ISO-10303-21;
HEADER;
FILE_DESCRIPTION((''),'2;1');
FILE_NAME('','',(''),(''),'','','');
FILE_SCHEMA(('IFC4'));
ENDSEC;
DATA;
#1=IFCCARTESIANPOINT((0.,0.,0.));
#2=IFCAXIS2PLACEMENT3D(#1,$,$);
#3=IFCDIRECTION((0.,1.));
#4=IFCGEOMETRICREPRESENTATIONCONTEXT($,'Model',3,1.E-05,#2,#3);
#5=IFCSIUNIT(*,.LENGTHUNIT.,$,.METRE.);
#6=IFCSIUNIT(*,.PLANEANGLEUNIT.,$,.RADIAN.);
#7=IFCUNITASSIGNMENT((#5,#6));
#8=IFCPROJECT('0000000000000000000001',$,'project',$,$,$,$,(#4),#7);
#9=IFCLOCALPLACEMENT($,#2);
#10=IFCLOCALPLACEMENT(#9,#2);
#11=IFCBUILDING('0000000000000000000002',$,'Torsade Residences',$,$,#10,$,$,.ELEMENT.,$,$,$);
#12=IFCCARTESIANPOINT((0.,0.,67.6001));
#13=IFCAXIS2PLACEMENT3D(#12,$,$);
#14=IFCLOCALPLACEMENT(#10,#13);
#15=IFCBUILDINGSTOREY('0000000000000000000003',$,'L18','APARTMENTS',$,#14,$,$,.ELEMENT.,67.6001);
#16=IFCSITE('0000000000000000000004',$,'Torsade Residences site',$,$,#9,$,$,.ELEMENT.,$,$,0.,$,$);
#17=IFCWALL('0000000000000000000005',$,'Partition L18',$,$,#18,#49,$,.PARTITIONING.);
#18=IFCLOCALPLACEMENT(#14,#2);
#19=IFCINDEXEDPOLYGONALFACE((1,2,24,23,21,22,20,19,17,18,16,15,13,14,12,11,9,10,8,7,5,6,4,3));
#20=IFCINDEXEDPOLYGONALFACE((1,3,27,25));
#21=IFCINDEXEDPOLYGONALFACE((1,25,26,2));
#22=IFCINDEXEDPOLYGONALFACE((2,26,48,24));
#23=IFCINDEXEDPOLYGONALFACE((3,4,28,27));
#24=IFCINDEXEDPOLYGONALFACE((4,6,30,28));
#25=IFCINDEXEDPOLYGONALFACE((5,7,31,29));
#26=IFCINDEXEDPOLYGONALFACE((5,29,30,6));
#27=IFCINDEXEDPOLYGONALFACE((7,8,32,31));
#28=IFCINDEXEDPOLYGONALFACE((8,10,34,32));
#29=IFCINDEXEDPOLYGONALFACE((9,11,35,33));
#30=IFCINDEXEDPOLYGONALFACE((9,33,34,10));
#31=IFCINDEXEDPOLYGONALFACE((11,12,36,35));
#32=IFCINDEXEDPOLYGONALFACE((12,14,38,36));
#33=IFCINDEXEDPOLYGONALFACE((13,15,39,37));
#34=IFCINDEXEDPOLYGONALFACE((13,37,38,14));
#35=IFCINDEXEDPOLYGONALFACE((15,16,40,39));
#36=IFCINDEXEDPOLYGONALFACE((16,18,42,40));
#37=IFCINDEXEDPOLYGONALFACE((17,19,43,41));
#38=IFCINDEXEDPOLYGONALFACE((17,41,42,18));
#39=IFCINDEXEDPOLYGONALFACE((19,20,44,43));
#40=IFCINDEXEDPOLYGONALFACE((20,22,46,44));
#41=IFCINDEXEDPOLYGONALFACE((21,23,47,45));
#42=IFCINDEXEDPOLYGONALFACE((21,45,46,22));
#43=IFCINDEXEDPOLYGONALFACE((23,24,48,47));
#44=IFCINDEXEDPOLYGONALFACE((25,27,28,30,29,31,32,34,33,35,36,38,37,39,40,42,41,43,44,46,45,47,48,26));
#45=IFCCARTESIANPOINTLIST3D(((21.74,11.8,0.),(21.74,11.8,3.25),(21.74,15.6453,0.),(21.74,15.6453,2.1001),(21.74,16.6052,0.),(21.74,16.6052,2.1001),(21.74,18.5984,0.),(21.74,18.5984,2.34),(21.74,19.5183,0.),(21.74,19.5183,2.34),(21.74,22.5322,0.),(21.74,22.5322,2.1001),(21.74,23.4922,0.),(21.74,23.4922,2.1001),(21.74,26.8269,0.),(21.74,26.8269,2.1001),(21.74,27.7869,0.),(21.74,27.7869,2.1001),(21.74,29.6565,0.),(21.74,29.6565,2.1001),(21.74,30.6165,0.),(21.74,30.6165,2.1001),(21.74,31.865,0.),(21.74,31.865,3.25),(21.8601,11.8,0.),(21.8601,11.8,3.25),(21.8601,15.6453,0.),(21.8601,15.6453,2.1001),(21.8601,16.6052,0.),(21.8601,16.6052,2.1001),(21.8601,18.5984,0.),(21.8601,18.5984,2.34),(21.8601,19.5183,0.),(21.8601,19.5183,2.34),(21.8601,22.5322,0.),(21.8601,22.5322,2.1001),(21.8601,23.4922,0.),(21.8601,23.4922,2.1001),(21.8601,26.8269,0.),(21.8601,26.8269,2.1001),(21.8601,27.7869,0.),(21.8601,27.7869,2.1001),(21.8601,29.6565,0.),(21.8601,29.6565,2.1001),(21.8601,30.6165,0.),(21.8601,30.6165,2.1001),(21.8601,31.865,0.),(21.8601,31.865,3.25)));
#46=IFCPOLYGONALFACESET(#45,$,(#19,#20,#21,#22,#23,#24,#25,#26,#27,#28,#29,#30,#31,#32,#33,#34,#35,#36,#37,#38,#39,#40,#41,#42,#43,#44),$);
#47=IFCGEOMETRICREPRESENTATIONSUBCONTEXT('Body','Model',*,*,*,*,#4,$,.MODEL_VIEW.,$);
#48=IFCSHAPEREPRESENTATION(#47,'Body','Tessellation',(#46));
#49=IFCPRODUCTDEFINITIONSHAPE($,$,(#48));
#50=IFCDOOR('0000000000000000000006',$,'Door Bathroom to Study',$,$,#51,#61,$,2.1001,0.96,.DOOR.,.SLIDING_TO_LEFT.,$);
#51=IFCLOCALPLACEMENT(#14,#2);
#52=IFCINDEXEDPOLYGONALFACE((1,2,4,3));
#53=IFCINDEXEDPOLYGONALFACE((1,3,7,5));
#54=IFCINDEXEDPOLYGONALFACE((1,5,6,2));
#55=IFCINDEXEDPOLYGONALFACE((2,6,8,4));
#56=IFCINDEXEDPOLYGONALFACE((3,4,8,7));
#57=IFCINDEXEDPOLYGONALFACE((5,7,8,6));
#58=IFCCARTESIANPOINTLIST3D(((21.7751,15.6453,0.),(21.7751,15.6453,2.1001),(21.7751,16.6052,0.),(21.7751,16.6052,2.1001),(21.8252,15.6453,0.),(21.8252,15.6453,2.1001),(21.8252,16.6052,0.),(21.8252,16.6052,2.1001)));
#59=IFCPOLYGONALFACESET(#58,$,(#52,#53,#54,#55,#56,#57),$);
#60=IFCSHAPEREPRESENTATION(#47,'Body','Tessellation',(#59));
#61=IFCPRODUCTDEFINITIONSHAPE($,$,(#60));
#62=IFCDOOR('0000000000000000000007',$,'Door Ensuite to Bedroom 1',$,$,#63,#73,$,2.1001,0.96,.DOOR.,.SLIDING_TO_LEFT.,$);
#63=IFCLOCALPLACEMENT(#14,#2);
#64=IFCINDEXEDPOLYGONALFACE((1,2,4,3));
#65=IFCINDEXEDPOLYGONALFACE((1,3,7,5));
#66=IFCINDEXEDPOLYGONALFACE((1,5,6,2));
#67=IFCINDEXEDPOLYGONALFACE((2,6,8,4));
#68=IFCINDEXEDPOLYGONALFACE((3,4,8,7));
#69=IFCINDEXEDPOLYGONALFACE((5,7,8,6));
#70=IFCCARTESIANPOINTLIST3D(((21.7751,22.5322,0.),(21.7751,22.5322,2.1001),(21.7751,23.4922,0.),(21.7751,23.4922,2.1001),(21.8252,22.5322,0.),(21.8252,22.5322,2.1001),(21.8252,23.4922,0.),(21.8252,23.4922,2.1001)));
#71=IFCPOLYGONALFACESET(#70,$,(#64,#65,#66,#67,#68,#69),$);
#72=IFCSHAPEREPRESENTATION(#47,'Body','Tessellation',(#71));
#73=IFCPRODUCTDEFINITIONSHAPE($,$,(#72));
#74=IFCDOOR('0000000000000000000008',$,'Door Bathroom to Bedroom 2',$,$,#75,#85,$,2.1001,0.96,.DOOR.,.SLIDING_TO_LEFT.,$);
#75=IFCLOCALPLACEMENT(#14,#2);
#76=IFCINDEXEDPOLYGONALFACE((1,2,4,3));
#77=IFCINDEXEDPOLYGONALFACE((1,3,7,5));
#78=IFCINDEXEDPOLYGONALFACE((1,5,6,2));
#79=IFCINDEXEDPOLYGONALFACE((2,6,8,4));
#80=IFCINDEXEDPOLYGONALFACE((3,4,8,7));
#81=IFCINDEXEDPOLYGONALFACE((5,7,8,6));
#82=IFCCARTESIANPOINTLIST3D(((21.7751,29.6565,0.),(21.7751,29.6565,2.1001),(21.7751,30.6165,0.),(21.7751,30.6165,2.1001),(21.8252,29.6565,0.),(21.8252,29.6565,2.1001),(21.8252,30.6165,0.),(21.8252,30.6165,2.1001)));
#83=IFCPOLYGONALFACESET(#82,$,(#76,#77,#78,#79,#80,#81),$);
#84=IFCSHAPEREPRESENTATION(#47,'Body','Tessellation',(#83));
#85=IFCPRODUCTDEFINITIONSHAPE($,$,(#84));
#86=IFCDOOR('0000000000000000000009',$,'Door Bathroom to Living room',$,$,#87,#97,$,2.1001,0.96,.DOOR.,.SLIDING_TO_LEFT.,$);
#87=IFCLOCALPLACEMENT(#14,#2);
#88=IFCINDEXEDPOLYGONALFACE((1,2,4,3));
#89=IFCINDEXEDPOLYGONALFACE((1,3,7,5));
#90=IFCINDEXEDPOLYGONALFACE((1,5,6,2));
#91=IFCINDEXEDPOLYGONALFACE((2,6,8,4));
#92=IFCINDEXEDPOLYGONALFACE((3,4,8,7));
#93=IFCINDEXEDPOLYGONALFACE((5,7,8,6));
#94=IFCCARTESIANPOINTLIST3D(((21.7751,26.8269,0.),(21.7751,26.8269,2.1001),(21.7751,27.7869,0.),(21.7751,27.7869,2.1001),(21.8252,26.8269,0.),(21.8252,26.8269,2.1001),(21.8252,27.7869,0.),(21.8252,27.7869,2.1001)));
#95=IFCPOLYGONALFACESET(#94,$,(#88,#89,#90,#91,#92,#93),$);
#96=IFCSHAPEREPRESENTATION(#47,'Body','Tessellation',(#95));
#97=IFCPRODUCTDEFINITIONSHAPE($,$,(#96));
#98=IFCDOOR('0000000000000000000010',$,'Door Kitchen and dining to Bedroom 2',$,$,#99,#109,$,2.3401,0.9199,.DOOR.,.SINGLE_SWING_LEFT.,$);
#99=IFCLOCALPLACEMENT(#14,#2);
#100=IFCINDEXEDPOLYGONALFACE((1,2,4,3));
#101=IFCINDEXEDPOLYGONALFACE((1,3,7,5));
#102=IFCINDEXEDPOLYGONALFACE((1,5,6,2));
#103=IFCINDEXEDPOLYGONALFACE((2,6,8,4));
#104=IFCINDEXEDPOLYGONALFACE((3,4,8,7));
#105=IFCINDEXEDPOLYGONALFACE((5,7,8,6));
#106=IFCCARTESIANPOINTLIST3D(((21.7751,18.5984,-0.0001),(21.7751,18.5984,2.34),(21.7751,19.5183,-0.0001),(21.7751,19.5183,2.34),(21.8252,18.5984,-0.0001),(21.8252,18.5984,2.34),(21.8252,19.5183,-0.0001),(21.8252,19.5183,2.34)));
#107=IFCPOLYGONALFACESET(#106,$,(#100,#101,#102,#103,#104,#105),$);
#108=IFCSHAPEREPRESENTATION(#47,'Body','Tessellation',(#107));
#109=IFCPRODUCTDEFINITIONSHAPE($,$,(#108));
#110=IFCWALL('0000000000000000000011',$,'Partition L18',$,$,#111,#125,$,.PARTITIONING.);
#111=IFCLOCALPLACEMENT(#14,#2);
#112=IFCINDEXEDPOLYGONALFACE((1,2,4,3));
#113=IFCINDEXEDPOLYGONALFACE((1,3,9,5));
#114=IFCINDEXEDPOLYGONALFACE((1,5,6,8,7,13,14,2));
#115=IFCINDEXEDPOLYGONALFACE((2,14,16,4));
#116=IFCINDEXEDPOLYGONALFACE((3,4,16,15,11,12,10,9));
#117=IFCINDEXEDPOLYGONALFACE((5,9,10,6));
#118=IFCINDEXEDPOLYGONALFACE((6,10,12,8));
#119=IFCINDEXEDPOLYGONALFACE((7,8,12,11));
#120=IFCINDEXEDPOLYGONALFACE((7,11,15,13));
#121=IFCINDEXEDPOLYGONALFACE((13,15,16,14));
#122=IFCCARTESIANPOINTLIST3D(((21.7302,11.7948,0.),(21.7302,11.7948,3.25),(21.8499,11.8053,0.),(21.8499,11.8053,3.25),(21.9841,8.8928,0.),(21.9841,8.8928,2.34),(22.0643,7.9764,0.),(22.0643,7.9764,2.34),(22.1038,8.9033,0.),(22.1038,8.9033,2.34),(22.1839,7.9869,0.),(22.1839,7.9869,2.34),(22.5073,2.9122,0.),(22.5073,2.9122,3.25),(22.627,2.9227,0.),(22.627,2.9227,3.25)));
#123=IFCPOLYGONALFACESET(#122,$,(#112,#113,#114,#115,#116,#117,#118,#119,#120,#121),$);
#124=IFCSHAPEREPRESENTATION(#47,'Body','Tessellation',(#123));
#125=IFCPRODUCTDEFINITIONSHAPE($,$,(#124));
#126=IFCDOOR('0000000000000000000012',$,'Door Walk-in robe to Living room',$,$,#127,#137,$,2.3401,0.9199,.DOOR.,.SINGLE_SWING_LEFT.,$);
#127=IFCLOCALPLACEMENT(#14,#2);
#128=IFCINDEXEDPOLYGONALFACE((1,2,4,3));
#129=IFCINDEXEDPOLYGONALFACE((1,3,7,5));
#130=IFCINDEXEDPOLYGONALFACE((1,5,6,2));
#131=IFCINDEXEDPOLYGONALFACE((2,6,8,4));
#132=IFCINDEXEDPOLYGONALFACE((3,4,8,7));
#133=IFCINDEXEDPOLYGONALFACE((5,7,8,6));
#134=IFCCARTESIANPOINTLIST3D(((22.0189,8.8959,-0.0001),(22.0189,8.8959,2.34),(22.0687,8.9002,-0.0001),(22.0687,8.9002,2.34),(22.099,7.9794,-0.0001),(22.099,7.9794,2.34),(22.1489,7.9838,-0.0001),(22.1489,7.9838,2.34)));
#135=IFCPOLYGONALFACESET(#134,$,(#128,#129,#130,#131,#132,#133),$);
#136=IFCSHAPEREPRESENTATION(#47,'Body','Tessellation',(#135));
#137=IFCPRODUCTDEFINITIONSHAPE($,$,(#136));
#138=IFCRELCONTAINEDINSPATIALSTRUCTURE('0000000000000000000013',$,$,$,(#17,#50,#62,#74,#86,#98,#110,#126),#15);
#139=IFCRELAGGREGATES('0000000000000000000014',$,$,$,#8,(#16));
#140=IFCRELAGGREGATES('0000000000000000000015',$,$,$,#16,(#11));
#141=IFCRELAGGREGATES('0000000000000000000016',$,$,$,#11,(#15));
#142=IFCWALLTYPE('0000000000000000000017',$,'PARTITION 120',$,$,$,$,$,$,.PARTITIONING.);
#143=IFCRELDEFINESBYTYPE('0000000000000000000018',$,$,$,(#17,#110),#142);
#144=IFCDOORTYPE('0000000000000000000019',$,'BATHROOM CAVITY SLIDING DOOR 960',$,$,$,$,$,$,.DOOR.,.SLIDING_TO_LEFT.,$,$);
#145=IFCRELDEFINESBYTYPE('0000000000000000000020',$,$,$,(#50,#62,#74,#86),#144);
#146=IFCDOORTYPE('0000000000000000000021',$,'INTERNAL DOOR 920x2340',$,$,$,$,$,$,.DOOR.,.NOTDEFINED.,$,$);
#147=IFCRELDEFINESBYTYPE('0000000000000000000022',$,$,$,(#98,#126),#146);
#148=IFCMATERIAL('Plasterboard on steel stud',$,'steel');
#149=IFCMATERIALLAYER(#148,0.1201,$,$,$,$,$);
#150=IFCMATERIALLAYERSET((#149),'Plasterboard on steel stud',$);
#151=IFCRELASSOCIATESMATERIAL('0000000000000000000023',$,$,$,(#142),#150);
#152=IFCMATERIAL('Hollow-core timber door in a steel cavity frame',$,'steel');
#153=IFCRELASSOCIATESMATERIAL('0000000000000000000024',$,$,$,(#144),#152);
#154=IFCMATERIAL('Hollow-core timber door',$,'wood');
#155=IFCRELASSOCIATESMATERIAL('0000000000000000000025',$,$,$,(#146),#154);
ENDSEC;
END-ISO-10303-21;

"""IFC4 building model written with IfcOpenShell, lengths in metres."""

from ifc_helpers import new_model, si_unit, direction, frame, frame_2d, origin, place, context, subcontext, project, spatial, rectangle, extrude, material, layer, layer_set, type_object, element, fill, save


model = new_model("IFC4")

# Units and contexts
model_context = context("Model", 3, precision=1e-05, world=origin(), true_north=direction((0.0, 1.0)))
body_context = subcontext(model_context, "Body", "Model", "MODEL_VIEW")
ifc_project = project(units=[si_unit("LENGTHUNIT", "METRE"), si_unit("PLANEANGLEUNIT", "RADIAN")], contexts=[model_context])

# Site, building, storey
site_placement = place(None, origin())
site = spatial("IfcSite", under=ifc_project, at=site_placement, Name="Torsade Residences site", CompositionType="ELEMENT", RefElevation=0.0)
building_placement = place(site_placement, origin())
building = spatial("IfcBuilding", under=site, at=building_placement, Name="Torsade Residences", CompositionType="ELEMENT")
storey_placement = place(building_placement, frame((0.0, 0.0, 67.6001)))
storey = spatial("IfcBuildingStorey", under=building, at=storey_placement, Name="L18", Description="APARTMENTS", CompositionType="ELEMENT", Elevation=67.6001)

# Wall, openings, doors
ifc_material_1 = material(Name="Plasterboard on steel stud", Category="steel")
ifc_layer_1 = layer(ifc_material_1, 0.1201)
ifc_layer_set_1 = layer_set([ifc_layer_1], Name="Plasterboard on steel stud")
wall_type_1 = type_object("IfcWallType", Name="PARTITION 120", PredefinedType="PARTITIONING", material=ifc_layer_set_1)
wall_1_placement = place(storey_placement, frame((21.8, 11.8, 0.0), z_axis=(0.0, 0.0, 1.0), x_axis=(0.0, 1.0, 0.0)))
wall_1 = element("IfcWall", 1, at=wall_1_placement, inside=storey, type_object=wall_type_1, Name="Partition L18", PredefinedType="PARTITIONING", context=body_context, shape_type="SweptSolid", body=[
    extrude(rectangle(XDim=20.0649, YDim=0.1201, at=frame_2d((10.0325, 0.0))), origin(), (0.0, 0.0, 1.0), 3.25),
])
opening_1_placement = place(wall_1_placement, frame((6.7983, 0.0, 0.0)))
opening_1 = element("IfcOpeningElement", 2, at=opening_1_placement, cuts=wall_1, PredefinedType="OPENING", context=body_context, shape_type="SweptSolid", body=[
    extrude(rectangle(XDim=0.9199, YDim=2.3401, at=frame_2d((0.46, 1.1699))), frame((0.0, 0.0701, 0.0), z_axis=(0.0, -1.0, 0.0), x_axis=(1.0, 0.0, 0.0)), (0.0, 0.0, 1.0), 0.1401),
])
opening_2_placement = place(wall_1_placement, frame((3.8452, 0.0, 0.0)))
opening_2 = element("IfcOpeningElement", 3, at=opening_2_placement, cuts=wall_1, PredefinedType="OPENING", context=body_context, shape_type="SweptSolid", body=[
    extrude(rectangle(XDim=0.96, YDim=2.1001, at=frame_2d((0.48, 1.05))), frame((0.0, 0.0701, 0.0), z_axis=(0.0, -1.0, 0.0), x_axis=(1.0, 0.0, 0.0)), (0.0, 0.0, 1.0), 0.1401),
])
opening_3_placement = place(wall_1_placement, frame((10.7322, 0.0, 0.0)))
opening_3 = element("IfcOpeningElement", 4, at=opening_3_placement, cuts=wall_1, PredefinedType="OPENING", context=body_context, shape_type="SweptSolid", body=[
    extrude(rectangle(XDim=0.96, YDim=2.1001, at=frame_2d((0.48, 1.05))), frame((0.0, 0.0701, 0.0), z_axis=(0.0, -1.0, 0.0), x_axis=(1.0, 0.0, 0.0)), (0.0, 0.0, 1.0), 0.1401),
])
opening_4_placement = place(wall_1_placement, frame((17.8564, 0.0, 0.0)))
opening_4 = element("IfcOpeningElement", 5, at=opening_4_placement, cuts=wall_1, PredefinedType="OPENING", context=body_context, shape_type="SweptSolid", body=[
    extrude(rectangle(XDim=0.96, YDim=2.1001, at=frame_2d((0.48, 1.05))), frame((0.0, 0.0701, 0.0), z_axis=(0.0, -1.0, 0.0), x_axis=(1.0, 0.0, 0.0)), (0.0, 0.0, 1.0), 0.1401),
])
opening_5_placement = place(wall_1_placement, frame((15.0269, 0.0, 0.0)))
opening_5 = element("IfcOpeningElement", 6, at=opening_5_placement, cuts=wall_1, PredefinedType="OPENING", context=body_context, shape_type="SweptSolid", body=[
    extrude(rectangle(XDim=0.96, YDim=2.1001, at=frame_2d((0.48, 1.05))), frame((0.0, 0.0701, 0.0), z_axis=(0.0, -1.0, 0.0), x_axis=(1.0, 0.0, 0.0)), (0.0, 0.0, 1.0), 0.1401),
])
ifc_material_2 = material(Name="Hollow-core timber door in a steel cavity frame", Category="steel")
door_type_1 = type_object("IfcDoorType", Name="BATHROOM CAVITY SLIDING DOOR 960", OperationType="SLIDING_TO_LEFT", PredefinedType="DOOR", material=ifc_material_2)
door_1_placement = place(opening_2_placement, origin())
door_1 = element("IfcDoor", 7, at=door_1_placement, inside=storey, type_object=door_type_1, Name="Door Bathroom to Study", OperationType="SLIDING_TO_LEFT", OverallHeight=2.1001, OverallWidth=0.96, PredefinedType="DOOR", context=body_context, shape_type="SweptSolid", body=[
    extrude(rectangle(XDim=0.96, YDim=2.1001, at=frame_2d((0.48, 1.05))), frame((0.0, 0.0249, 0.0), z_axis=(0.0, -1.0, 0.0), x_axis=(1.0, 0.0, 0.0)), (0.0, 0.0, 1.0), 0.05),
])
fill(opening_2, door_1)
door_2_placement = place(opening_3_placement, origin())
door_2 = element("IfcDoor", 8, at=door_2_placement, inside=storey, type_object=door_type_1, Name="Door Ensuite to Bedroom 1", OperationType="SLIDING_TO_LEFT", OverallHeight=2.1001, OverallWidth=0.96, PredefinedType="DOOR", context=body_context, shape_type="SweptSolid", body=[
    extrude(rectangle(XDim=0.96, YDim=2.1001, at=frame_2d((0.48, 1.05))), frame((0.0, 0.0249, 0.0), z_axis=(0.0, -1.0, 0.0), x_axis=(1.0, 0.0, 0.0)), (0.0, 0.0, 1.0), 0.05),
])
fill(opening_3, door_2)
door_3_placement = place(opening_4_placement, origin())
door_3 = element("IfcDoor", 9, at=door_3_placement, inside=storey, type_object=door_type_1, Name="Door Bathroom to Bedroom 2", OperationType="SLIDING_TO_LEFT", OverallHeight=2.1001, OverallWidth=0.96, PredefinedType="DOOR", context=body_context, shape_type="SweptSolid", body=[
    extrude(rectangle(XDim=0.96, YDim=2.1001, at=frame_2d((0.48, 1.05))), frame((0.0, 0.0249, 0.0), z_axis=(0.0, -1.0, 0.0), x_axis=(1.0, 0.0, 0.0)), (0.0, 0.0, 1.0), 0.05),
])
fill(opening_4, door_3)
door_4_placement = place(opening_5_placement, origin())
door_4 = element("IfcDoor", 10, at=door_4_placement, inside=storey, type_object=door_type_1, Name="Door Bathroom to Living room", OperationType="SLIDING_TO_LEFT", OverallHeight=2.1001, OverallWidth=0.96, PredefinedType="DOOR", context=body_context, shape_type="SweptSolid", body=[
    extrude(rectangle(XDim=0.96, YDim=2.1001, at=frame_2d((0.48, 1.05))), frame((0.0, 0.0249, 0.0), z_axis=(0.0, -1.0, 0.0), x_axis=(1.0, 0.0, 0.0)), (0.0, 0.0, 1.0), 0.05),
])
fill(opening_5, door_4)
ifc_material_3 = material(Name="Hollow-core timber door", Category="wood")
door_type_2 = type_object("IfcDoorType", Name="INTERNAL DOOR 920x2340", OperationType="NOTDEFINED", PredefinedType="DOOR", material=ifc_material_3)
door_5_placement = place(opening_1_placement, origin())
door_5 = element("IfcDoor", 11, at=door_5_placement, inside=storey, type_object=door_type_2, Name="Door Kitchen and dining to Bedroom 2", OperationType="SINGLE_SWING_LEFT", OverallHeight=2.3401, OverallWidth=0.9199, PredefinedType="DOOR", context=body_context, shape_type="SweptSolid", body=[
    extrude(rectangle(XDim=0.9199, YDim=2.3401, at=frame_2d((0.46, 1.1699))), frame((0.0, 0.0249, 0.0), z_axis=(0.0, -1.0, 0.0), x_axis=(1.0, 0.0, 0.0)), (0.0, 0.0, 1.0), 0.05),
])
fill(opening_1, door_5)

# Wall, opening, door
wall_2_placement = place(storey_placement, frame((21.79, 11.8, 0.0), z_axis=(0.0, 0.0, 1.0), x_axis=(0.087153, -0.996195, 0.0)))
wall_2 = element("IfcWall", 12, at=wall_2_placement, inside=storey, type_object=wall_type_1, Name="Partition L18", PredefinedType="PARTITIONING", context=body_context, shape_type="SweptSolid", body=[
    extrude(rectangle(XDim=8.9165, YDim=0.1201, at=frame_2d((4.4583, 0.0))), origin(), (0.0, 0.0, 1.0), 3.25),
])
opening_6_placement = place(wall_2_placement, frame((2.9131, 0.0, 0.0)))
opening_6 = element("IfcOpeningElement", 13, at=opening_6_placement, cuts=wall_2, PredefinedType="OPENING", context=body_context, shape_type="SweptSolid", body=[
    extrude(rectangle(XDim=0.9199, YDim=2.3401, at=frame_2d((0.46, 1.1699))), frame((0.0, 0.0701, 0.0), z_axis=(0.0, -1.0, 0.0), x_axis=(1.0, 0.0, 0.0)), (0.0, 0.0, 1.0), 0.1401),
])
door_6_placement = place(opening_6_placement, origin())
door_6 = element("IfcDoor", 14, at=door_6_placement, inside=storey, type_object=door_type_2, Name="Door Walk-in robe to Living room", OperationType="SINGLE_SWING_LEFT", OverallHeight=2.3401, OverallWidth=0.9199, PredefinedType="DOOR", context=body_context, shape_type="SweptSolid", body=[
    extrude(rectangle(XDim=0.9199, YDim=2.3401, at=frame_2d((0.46, 1.1699))), frame((0.0, 0.0249, 0.0), z_axis=(0.0, -1.0, 0.0), x_axis=(1.0, 0.0, 0.0)), (0.0, 0.0, 1.0), 0.05),
])
fill(opening_6, door_6)

save(model, "model.ifc")
